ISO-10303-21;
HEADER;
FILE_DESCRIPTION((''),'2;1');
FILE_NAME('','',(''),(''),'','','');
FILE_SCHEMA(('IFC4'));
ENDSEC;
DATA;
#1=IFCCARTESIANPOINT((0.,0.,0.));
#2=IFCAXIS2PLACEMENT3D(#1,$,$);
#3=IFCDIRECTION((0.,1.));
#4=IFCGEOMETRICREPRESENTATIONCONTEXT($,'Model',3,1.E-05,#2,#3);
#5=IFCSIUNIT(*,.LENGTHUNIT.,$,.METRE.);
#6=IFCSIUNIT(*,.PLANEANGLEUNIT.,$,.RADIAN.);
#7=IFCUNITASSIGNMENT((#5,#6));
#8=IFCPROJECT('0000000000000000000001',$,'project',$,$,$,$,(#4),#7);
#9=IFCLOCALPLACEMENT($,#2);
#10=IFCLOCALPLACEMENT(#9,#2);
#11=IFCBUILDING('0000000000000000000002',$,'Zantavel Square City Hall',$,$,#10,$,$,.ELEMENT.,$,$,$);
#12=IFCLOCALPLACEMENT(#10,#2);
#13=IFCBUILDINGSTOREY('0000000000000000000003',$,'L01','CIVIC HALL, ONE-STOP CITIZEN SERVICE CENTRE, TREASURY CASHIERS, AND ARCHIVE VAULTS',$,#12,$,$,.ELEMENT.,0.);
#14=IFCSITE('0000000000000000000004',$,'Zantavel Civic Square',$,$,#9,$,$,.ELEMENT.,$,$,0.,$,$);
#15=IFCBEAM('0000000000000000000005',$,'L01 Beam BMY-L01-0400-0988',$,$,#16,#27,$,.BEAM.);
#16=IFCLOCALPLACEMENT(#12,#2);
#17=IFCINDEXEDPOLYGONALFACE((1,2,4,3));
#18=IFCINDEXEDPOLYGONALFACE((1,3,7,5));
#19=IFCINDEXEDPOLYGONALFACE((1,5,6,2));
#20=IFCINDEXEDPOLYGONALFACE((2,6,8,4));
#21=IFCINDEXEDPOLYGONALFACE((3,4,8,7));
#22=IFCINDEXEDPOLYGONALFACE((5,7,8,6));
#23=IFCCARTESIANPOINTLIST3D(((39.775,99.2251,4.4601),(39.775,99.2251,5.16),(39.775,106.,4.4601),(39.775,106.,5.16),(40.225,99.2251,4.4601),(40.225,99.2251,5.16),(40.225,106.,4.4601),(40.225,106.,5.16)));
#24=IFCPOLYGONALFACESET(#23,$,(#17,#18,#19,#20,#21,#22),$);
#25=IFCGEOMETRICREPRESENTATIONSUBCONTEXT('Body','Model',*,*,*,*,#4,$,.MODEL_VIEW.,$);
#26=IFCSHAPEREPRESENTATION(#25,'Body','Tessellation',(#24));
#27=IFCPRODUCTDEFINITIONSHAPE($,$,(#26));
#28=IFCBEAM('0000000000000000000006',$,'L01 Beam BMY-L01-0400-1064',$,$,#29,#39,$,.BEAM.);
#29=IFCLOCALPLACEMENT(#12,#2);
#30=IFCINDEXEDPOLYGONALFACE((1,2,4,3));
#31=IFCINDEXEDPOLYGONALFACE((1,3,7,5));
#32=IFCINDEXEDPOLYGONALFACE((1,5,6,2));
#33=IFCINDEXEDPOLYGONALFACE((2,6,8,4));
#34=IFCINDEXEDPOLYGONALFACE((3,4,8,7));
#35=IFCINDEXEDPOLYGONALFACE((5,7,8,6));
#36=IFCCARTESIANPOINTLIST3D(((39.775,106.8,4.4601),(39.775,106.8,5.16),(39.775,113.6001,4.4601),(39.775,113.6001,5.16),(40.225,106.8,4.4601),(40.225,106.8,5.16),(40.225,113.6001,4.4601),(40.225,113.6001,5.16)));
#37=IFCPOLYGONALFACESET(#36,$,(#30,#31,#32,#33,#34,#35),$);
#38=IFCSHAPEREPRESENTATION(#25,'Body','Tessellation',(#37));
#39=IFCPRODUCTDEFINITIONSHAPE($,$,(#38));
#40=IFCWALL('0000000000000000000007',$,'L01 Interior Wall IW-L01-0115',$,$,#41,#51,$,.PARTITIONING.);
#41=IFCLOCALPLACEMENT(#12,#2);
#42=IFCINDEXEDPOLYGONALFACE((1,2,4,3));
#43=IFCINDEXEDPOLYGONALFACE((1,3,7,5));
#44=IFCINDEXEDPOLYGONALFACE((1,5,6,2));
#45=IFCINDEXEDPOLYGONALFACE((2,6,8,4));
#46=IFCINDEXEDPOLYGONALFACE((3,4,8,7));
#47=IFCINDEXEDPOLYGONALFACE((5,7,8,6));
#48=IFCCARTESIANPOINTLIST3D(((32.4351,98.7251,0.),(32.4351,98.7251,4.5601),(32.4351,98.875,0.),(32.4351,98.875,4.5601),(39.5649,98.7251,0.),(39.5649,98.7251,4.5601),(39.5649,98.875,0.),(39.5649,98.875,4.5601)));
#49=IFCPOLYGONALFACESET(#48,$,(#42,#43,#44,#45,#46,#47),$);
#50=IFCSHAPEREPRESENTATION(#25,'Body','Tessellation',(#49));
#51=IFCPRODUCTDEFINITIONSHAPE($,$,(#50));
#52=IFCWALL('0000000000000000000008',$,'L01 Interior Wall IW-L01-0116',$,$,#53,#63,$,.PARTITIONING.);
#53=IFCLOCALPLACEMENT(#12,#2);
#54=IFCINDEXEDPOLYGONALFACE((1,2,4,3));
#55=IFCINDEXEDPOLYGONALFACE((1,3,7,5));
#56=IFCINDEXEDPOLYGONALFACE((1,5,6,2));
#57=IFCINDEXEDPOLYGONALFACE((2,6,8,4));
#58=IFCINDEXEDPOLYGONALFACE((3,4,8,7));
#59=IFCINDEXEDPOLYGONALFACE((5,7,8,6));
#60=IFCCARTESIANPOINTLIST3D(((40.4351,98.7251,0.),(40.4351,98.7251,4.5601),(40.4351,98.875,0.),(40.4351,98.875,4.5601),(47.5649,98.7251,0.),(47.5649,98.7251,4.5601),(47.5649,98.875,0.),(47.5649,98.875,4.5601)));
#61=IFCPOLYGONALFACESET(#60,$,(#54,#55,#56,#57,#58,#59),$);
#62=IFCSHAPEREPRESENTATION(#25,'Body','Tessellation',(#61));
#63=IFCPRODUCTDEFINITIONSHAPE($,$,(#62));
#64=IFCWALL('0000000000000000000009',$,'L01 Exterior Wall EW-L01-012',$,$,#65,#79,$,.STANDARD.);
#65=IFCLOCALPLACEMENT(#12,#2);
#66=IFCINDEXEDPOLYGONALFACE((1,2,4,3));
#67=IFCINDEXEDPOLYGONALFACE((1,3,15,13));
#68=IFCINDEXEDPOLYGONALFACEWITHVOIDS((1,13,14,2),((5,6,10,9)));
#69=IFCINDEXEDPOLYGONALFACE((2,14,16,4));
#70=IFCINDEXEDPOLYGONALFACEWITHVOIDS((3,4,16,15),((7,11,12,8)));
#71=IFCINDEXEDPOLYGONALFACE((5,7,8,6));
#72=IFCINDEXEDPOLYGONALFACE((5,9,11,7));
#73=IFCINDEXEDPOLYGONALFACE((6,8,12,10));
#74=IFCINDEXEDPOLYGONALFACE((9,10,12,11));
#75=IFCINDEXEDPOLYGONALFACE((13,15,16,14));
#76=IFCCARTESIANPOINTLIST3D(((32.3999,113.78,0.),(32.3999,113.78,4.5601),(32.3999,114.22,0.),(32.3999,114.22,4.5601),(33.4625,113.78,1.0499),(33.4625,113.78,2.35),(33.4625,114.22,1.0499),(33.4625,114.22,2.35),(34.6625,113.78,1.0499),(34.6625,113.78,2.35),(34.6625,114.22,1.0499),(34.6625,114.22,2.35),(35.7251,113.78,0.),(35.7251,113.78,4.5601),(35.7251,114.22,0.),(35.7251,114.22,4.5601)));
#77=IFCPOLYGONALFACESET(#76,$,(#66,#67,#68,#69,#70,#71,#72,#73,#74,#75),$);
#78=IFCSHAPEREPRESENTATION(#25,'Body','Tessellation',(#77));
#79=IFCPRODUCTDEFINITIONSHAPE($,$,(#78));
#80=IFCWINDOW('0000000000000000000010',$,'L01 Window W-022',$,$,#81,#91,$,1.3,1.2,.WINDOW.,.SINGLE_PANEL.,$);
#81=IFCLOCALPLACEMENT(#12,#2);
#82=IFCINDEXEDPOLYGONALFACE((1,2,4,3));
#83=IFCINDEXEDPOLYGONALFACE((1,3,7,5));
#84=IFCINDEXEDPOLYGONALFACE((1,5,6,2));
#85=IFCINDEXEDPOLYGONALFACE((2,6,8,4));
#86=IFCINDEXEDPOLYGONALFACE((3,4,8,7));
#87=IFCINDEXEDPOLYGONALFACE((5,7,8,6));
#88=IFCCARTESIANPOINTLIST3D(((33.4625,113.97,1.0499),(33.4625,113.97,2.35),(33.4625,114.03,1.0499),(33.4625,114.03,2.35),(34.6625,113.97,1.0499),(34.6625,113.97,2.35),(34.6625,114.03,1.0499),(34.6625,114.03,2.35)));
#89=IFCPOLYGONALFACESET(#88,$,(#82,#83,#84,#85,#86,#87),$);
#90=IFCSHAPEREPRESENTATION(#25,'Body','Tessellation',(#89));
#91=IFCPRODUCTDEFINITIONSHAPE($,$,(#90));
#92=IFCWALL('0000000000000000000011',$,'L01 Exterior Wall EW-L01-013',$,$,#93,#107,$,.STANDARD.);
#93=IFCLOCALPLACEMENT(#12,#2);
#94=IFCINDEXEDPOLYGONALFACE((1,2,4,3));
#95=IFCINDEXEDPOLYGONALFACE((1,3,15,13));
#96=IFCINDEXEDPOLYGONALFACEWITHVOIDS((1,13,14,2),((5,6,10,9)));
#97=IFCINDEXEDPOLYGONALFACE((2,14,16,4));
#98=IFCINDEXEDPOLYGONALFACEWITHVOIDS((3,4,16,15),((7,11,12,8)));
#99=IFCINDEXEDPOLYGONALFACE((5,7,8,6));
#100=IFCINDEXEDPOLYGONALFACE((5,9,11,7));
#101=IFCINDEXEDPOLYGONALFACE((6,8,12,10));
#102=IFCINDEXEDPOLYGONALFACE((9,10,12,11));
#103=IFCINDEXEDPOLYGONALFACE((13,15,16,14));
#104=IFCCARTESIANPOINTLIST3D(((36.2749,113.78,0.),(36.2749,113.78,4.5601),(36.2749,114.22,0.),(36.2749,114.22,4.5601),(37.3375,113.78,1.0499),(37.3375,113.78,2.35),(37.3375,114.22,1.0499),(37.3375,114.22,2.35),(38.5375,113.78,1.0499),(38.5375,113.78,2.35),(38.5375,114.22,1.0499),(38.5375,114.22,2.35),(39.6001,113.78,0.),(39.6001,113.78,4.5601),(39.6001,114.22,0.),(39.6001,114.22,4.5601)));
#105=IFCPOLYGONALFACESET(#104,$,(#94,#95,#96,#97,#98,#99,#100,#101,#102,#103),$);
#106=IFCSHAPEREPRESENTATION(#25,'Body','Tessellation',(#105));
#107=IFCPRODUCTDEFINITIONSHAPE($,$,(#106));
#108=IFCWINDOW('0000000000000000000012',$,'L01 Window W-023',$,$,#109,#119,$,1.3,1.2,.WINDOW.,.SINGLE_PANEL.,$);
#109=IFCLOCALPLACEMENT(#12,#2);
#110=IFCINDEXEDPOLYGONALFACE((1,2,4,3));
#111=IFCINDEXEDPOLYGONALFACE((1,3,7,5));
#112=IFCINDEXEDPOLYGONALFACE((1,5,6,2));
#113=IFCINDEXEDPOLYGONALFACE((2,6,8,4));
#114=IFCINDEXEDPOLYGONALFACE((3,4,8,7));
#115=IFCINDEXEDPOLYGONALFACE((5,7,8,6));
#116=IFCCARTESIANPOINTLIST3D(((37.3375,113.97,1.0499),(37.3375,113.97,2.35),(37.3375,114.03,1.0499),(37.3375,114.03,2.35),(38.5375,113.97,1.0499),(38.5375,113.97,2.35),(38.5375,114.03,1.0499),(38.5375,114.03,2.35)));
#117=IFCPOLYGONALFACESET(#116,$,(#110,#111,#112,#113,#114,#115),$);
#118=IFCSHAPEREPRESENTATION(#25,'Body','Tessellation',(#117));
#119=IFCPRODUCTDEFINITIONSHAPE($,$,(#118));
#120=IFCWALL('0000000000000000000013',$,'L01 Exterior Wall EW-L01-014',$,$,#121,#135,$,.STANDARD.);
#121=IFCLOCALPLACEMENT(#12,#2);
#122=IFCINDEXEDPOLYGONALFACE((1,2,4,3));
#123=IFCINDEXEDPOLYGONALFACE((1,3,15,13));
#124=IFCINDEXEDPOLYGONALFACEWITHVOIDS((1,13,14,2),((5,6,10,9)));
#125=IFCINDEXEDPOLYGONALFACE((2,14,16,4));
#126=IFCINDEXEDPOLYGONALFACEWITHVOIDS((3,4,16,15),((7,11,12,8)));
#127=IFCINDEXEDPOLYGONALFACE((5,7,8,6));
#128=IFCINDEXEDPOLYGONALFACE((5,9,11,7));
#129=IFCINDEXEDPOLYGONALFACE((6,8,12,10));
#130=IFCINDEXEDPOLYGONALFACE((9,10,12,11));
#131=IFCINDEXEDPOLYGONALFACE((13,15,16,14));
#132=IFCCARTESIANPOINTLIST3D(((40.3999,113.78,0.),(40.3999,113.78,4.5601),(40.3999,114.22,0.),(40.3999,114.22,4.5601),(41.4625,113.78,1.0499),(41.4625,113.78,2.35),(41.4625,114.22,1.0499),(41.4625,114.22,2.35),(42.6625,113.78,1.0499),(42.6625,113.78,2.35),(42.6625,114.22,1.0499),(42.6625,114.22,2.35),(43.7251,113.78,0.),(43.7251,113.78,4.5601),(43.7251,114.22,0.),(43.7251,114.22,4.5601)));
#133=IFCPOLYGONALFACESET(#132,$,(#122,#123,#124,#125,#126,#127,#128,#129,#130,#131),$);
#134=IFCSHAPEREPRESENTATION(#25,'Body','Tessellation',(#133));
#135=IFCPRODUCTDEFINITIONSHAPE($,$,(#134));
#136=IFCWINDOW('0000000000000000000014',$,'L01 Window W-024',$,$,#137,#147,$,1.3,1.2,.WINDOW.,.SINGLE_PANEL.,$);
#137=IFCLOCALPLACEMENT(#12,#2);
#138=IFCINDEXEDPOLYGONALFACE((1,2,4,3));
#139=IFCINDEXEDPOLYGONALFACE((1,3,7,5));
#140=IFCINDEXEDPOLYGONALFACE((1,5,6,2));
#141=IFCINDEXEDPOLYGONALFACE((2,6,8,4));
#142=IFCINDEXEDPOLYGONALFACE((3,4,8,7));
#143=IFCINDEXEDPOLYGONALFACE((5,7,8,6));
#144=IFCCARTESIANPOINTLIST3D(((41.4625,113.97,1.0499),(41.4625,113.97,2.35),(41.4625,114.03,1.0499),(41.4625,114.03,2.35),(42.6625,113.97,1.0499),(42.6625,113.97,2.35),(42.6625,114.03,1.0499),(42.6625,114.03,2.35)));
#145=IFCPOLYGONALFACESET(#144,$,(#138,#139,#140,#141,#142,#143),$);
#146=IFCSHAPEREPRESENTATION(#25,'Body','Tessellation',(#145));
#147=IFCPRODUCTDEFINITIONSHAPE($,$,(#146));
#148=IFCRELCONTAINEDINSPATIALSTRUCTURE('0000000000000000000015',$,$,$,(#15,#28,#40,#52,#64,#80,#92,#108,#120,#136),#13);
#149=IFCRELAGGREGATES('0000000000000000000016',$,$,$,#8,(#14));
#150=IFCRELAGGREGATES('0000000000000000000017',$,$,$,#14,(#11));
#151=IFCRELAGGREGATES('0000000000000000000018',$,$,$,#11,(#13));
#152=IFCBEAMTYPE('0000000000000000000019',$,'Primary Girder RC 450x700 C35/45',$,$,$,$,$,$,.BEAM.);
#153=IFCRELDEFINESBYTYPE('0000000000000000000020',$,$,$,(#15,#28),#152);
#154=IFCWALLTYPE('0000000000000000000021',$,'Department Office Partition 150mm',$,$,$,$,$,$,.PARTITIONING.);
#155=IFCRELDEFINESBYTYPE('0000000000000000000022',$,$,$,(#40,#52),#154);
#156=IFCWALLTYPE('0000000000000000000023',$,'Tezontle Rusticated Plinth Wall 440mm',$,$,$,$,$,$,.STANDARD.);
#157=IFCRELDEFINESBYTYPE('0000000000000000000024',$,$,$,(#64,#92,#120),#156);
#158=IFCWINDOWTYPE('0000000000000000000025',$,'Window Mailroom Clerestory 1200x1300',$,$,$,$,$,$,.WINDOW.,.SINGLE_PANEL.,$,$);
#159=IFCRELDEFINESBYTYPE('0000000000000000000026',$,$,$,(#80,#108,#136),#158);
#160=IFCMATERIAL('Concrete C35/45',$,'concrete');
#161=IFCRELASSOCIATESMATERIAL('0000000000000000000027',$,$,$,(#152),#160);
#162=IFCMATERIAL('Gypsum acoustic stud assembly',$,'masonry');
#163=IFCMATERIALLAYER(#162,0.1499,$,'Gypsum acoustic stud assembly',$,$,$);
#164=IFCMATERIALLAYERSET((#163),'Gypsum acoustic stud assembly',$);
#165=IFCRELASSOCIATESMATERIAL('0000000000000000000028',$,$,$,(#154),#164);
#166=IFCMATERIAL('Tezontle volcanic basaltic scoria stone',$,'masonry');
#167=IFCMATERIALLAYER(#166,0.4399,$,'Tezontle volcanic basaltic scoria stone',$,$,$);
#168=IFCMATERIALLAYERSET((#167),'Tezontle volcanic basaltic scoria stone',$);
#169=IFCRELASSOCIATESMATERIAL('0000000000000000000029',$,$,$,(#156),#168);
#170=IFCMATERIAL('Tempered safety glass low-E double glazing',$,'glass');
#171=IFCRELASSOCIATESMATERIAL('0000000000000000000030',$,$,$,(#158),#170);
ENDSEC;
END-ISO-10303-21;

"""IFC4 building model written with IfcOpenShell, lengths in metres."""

from ifc_helpers import new_model, si_unit, direction, frame, frame_2d, origin, origin_2d, place, context, subcontext, project, spatial, rectangle, extrude, material, layer, layer_set, material_profile, profile_set, type_object, element, fill, save


model = new_model("IFC4")

# Units and contexts
model_context = context("Model", 3, precision=1e-05, world=origin(), true_north=direction((0.0, 1.0)))
body_context = subcontext(model_context, "Body", "Model", "MODEL_VIEW")
ifc_project = project(units=[si_unit("LENGTHUNIT", "METRE"), si_unit("PLANEANGLEUNIT", "RADIAN")], contexts=[model_context])

# Site, building, storey
site_placement = place(None, origin())
site = spatial("IfcSite", under=ifc_project, at=site_placement, Name="Zantavel Civic Square", CompositionType="ELEMENT", RefElevation=0.0)
building_placement = place(site_placement, origin())
building = spatial("IfcBuilding", under=site, at=building_placement, Name="Zantavel Square City Hall", CompositionType="ELEMENT")
storey_placement = place(building_placement, origin())
storey = spatial("IfcBuildingStorey", under=building, at=storey_placement, Name="L01", Description="CIVIC HALL, ONE-STOP CITIZEN SERVICE CENTRE, TREASURY CASHIERS, AND ARCHIVE VAULTS", CompositionType="ELEMENT", Elevation=0.0)

# Beams
ifc_material_1 = material(Name="Concrete C35/45", Category="concrete")
ifc_material_profile_1 = material_profile(ifc_material_1, rectangle(XDim=0.45, YDim=0.7, at=origin_2d()), Name="RC 450x700")
ifc_profile_set_1 = profile_set([ifc_material_profile_1], Name="Concrete C35/45")
beam_type_1 = type_object("IfcBeamType", Name="Primary Girder RC 450x700 C35/45", PredefinedType="BEAM", material=ifc_profile_set_1)
beam_1_placement = place(storey_placement, frame((40.0, 99.2251, 4.8101), z_axis=(0.0, 1.0, 0.0), x_axis=(-1.0, 0.0, 0.0)))
element("IfcBeam", 1, at=beam_1_placement, inside=storey, type_object=beam_type_1, Name="L01 Beam BMY-L01-0400-0988", PredefinedType="BEAM", context=body_context, shape_type="SweptSolid", body=[
    extrude(rectangle(XDim=0.45, YDim=0.7, at=origin_2d()), origin(), (0.0, 0.0, 1.0), 6.7749),
])
beam_2_placement = place(storey_placement, frame((40.0, 106.8, 4.8101), z_axis=(0.0, 1.0, 0.0), x_axis=(-1.0, 0.0, 0.0)))
element("IfcBeam", 2, at=beam_2_placement, inside=storey, type_object=beam_type_1, Name="L01 Beam BMY-L01-0400-1064", PredefinedType="BEAM", context=body_context, shape_type="SweptSolid", body=[
    extrude(rectangle(XDim=0.45, YDim=0.7, at=origin_2d()), origin(), (0.0, 0.0, 1.0), 6.8),
])

# Walls
ifc_material_2 = material(Name="Gypsum acoustic stud assembly", Category="masonry")
ifc_layer_1 = layer(ifc_material_2, 0.1499, Name="Gypsum acoustic stud assembly")
ifc_layer_set_1 = layer_set([ifc_layer_1], Name="Gypsum acoustic stud assembly")
wall_type_1 = type_object("IfcWallType", Name="Department Office Partition 150mm", PredefinedType="PARTITIONING", material=ifc_layer_set_1)
for number, where, z_axis, x_axis, name in (
    (3, (32.4351, 98.8, 0.0), (0.0, 0.0, 1.0), (1.0, 0.0, 0.0), "L01 Interior Wall IW-L01-0115"),
    (4, (40.4351, 98.8, 0.0), (0.0, 0.0, 1.0), (1.0, 0.0, 0.0), "L01 Interior Wall IW-L01-0116"),
):
    element("IfcWall", number, at=place(storey_placement, frame(where, z_axis=z_axis, x_axis=x_axis)), inside=storey, type_object=wall_type_1, Name=name, PredefinedType="PARTITIONING", context=body_context, shape_type="SweptSolid", body=[
        extrude(rectangle(XDim=7.1299, YDim=0.1499, at=frame_2d((3.5649, 0.0))), origin(), (0.0, 0.0, 1.0), 4.5601),
    ])

# Walls, openings, windows
ifc_material_3 = material(Name="Tezontle volcanic basaltic scoria stone", Category="masonry")
ifc_layer_2 = layer(ifc_material_3, 0.4399, Name="Tezontle volcanic basaltic scoria stone")
ifc_layer_set_2 = layer_set([ifc_layer_2], Name="Tezontle volcanic basaltic scoria stone")
wall_type_2 = type_object("IfcWallType", Name="Tezontle Rusticated Plinth Wall 440mm", PredefinedType="STANDARD", material=ifc_layer_set_2)
wall_1_placement = place(storey_placement, frame((32.3999, 114.0, 0.0), z_axis=(0.0, 0.0, 1.0), x_axis=(1.0, 0.0, 0.0)))
wall_1 = element("IfcWall", 5, at=wall_1_placement, inside=storey, type_object=wall_type_2, Name="L01 Exterior Wall EW-L01-012", PredefinedType="STANDARD", context=body_context, shape_type="SweptSolid", body=[
    extrude(rectangle(XDim=3.3252, YDim=0.4399, at=frame_2d((1.6626, 0.0))), origin(), (0.0, 0.0, 1.0), 4.5601),
])
opening_1_placement = place(wall_1_placement, frame((1.0625, 0.0, 1.05)))
opening_1 = element("IfcOpeningElement", 6, at=opening_1_placement, cuts=wall_1, PredefinedType="OPENING", context=body_context, shape_type="SweptSolid", body=[
    extrude(rectangle(XDim=1.2, YDim=1.3, at=frame_2d((0.6001, 0.6499))), frame((0.0, 0.23, 0.0), z_axis=(0.0, -1.0, 0.0), x_axis=(1.0, 0.0, 0.0)), (0.0, 0.0, 1.0), 0.46),
])
ifc_material_4 = material(Name="Tempered safety glass low-E double glazing", Category="glass")
window_type = type_object("IfcWindowType", Name="Window Mailroom Clerestory 1200x1300", PartitioningType="SINGLE_PANEL", PredefinedType="WINDOW", material=ifc_material_4)
window_1_placement = place(opening_1_placement, origin())
window_1 = element("IfcWindow", 7, at=window_1_placement, inside=storey, type_object=window_type, Name="L01 Window W-022", OverallHeight=1.3, OverallWidth=1.2, PartitioningType="SINGLE_PANEL", PredefinedType="WINDOW", context=body_context, shape_type="SweptSolid", body=[
    extrude(rectangle(XDim=1.2, YDim=1.3, at=frame_2d((0.6001, 0.6499))), frame((0.0, 0.03, 0.0), z_axis=(0.0, -1.0, 0.0), x_axis=(1.0, 0.0, 0.0)), (0.0, 0.0, 1.0), 0.0601),
])
fill(opening_1, window_1)
wall_2_placement = place(storey_placement, frame((36.2749, 114.0, 0.0), z_axis=(0.0, 0.0, 1.0), x_axis=(1.0, 0.0, 0.0)))
wall_2 = element("IfcWall", 8, at=wall_2_placement, inside=storey, type_object=wall_type_2, Name="L01 Exterior Wall EW-L01-013", PredefinedType="STANDARD", context=body_context, shape_type="SweptSolid", body=[
    extrude(rectangle(XDim=3.3252, YDim=0.4399, at=frame_2d((1.6626, 0.0))), origin(), (0.0, 0.0, 1.0), 4.5601),
])
opening_2_placement = place(wall_2_placement, frame((1.0625, 0.0, 1.05)))
opening_2 = element("IfcOpeningElement", 9, at=opening_2_placement, cuts=wall_2, PredefinedType="OPENING", context=body_context, shape_type="SweptSolid", body=[
    extrude(rectangle(XDim=1.2, YDim=1.3, at=frame_2d((0.6001, 0.6499))), frame((0.0, 0.23, 0.0), z_axis=(0.0, -1.0, 0.0), x_axis=(1.0, 0.0, 0.0)), (0.0, 0.0, 1.0), 0.46),
])
window_2_placement = place(opening_2_placement, origin())
window_2 = element("IfcWindow", 10, at=window_2_placement, inside=storey, type_object=window_type, Name="L01 Window W-023", OverallHeight=1.3, OverallWidth=1.2, PartitioningType="SINGLE_PANEL", PredefinedType="WINDOW", context=body_context, shape_type="SweptSolid", body=[
    extrude(rectangle(XDim=1.2, YDim=1.3, at=frame_2d((0.6001, 0.6499))), frame((0.0, 0.03, 0.0), z_axis=(0.0, -1.0, 0.0), x_axis=(1.0, 0.0, 0.0)), (0.0, 0.0, 1.0), 0.0601),
])
fill(opening_2, window_2)
wall_3_placement = place(storey_placement, frame((40.3999, 114.0, 0.0), z_axis=(0.0, 0.0, 1.0), x_axis=(1.0, 0.0, 0.0)))
wall_3 = element("IfcWall", 11, at=wall_3_placement, inside=storey, type_object=wall_type_2, Name="L01 Exterior Wall EW-L01-014", PredefinedType="STANDARD", context=body_context, shape_type="SweptSolid", body=[
    extrude(rectangle(XDim=3.3252, YDim=0.4399, at=frame_2d((1.6626, 0.0))), origin(), (0.0, 0.0, 1.0), 4.5601),
])
opening_3_placement = place(wall_3_placement, frame((1.0625, 0.0, 1.05)))
opening_3 = element("IfcOpeningElement", 12, at=opening_3_placement, cuts=wall_3, PredefinedType="OPENING", context=body_context, shape_type="SweptSolid", body=[
    extrude(rectangle(XDim=1.2, YDim=1.3, at=frame_2d((0.6001, 0.6499))), frame((0.0, 0.23, 0.0), z_axis=(0.0, -1.0, 0.0), x_axis=(1.0, 0.0, 0.0)), (0.0, 0.0, 1.0), 0.46),
])
window_3_placement = place(opening_3_placement, origin())
window_3 = element("IfcWindow", 13, at=window_3_placement, inside=storey, type_object=window_type, Name="L01 Window W-024", OverallHeight=1.3, OverallWidth=1.2, PartitioningType="SINGLE_PANEL", PredefinedType="WINDOW", context=body_context, shape_type="SweptSolid", body=[
    extrude(rectangle(XDim=1.2, YDim=1.3, at=frame_2d((0.6001, 0.6499))), frame((0.0, 0.03, 0.0), z_axis=(0.0, -1.0, 0.0), x_axis=(1.0, 0.0, 0.0)), (0.0, 0.0, 1.0), 0.0601),
])
fill(opening_3, window_3)

save(model, "model.ifc")
